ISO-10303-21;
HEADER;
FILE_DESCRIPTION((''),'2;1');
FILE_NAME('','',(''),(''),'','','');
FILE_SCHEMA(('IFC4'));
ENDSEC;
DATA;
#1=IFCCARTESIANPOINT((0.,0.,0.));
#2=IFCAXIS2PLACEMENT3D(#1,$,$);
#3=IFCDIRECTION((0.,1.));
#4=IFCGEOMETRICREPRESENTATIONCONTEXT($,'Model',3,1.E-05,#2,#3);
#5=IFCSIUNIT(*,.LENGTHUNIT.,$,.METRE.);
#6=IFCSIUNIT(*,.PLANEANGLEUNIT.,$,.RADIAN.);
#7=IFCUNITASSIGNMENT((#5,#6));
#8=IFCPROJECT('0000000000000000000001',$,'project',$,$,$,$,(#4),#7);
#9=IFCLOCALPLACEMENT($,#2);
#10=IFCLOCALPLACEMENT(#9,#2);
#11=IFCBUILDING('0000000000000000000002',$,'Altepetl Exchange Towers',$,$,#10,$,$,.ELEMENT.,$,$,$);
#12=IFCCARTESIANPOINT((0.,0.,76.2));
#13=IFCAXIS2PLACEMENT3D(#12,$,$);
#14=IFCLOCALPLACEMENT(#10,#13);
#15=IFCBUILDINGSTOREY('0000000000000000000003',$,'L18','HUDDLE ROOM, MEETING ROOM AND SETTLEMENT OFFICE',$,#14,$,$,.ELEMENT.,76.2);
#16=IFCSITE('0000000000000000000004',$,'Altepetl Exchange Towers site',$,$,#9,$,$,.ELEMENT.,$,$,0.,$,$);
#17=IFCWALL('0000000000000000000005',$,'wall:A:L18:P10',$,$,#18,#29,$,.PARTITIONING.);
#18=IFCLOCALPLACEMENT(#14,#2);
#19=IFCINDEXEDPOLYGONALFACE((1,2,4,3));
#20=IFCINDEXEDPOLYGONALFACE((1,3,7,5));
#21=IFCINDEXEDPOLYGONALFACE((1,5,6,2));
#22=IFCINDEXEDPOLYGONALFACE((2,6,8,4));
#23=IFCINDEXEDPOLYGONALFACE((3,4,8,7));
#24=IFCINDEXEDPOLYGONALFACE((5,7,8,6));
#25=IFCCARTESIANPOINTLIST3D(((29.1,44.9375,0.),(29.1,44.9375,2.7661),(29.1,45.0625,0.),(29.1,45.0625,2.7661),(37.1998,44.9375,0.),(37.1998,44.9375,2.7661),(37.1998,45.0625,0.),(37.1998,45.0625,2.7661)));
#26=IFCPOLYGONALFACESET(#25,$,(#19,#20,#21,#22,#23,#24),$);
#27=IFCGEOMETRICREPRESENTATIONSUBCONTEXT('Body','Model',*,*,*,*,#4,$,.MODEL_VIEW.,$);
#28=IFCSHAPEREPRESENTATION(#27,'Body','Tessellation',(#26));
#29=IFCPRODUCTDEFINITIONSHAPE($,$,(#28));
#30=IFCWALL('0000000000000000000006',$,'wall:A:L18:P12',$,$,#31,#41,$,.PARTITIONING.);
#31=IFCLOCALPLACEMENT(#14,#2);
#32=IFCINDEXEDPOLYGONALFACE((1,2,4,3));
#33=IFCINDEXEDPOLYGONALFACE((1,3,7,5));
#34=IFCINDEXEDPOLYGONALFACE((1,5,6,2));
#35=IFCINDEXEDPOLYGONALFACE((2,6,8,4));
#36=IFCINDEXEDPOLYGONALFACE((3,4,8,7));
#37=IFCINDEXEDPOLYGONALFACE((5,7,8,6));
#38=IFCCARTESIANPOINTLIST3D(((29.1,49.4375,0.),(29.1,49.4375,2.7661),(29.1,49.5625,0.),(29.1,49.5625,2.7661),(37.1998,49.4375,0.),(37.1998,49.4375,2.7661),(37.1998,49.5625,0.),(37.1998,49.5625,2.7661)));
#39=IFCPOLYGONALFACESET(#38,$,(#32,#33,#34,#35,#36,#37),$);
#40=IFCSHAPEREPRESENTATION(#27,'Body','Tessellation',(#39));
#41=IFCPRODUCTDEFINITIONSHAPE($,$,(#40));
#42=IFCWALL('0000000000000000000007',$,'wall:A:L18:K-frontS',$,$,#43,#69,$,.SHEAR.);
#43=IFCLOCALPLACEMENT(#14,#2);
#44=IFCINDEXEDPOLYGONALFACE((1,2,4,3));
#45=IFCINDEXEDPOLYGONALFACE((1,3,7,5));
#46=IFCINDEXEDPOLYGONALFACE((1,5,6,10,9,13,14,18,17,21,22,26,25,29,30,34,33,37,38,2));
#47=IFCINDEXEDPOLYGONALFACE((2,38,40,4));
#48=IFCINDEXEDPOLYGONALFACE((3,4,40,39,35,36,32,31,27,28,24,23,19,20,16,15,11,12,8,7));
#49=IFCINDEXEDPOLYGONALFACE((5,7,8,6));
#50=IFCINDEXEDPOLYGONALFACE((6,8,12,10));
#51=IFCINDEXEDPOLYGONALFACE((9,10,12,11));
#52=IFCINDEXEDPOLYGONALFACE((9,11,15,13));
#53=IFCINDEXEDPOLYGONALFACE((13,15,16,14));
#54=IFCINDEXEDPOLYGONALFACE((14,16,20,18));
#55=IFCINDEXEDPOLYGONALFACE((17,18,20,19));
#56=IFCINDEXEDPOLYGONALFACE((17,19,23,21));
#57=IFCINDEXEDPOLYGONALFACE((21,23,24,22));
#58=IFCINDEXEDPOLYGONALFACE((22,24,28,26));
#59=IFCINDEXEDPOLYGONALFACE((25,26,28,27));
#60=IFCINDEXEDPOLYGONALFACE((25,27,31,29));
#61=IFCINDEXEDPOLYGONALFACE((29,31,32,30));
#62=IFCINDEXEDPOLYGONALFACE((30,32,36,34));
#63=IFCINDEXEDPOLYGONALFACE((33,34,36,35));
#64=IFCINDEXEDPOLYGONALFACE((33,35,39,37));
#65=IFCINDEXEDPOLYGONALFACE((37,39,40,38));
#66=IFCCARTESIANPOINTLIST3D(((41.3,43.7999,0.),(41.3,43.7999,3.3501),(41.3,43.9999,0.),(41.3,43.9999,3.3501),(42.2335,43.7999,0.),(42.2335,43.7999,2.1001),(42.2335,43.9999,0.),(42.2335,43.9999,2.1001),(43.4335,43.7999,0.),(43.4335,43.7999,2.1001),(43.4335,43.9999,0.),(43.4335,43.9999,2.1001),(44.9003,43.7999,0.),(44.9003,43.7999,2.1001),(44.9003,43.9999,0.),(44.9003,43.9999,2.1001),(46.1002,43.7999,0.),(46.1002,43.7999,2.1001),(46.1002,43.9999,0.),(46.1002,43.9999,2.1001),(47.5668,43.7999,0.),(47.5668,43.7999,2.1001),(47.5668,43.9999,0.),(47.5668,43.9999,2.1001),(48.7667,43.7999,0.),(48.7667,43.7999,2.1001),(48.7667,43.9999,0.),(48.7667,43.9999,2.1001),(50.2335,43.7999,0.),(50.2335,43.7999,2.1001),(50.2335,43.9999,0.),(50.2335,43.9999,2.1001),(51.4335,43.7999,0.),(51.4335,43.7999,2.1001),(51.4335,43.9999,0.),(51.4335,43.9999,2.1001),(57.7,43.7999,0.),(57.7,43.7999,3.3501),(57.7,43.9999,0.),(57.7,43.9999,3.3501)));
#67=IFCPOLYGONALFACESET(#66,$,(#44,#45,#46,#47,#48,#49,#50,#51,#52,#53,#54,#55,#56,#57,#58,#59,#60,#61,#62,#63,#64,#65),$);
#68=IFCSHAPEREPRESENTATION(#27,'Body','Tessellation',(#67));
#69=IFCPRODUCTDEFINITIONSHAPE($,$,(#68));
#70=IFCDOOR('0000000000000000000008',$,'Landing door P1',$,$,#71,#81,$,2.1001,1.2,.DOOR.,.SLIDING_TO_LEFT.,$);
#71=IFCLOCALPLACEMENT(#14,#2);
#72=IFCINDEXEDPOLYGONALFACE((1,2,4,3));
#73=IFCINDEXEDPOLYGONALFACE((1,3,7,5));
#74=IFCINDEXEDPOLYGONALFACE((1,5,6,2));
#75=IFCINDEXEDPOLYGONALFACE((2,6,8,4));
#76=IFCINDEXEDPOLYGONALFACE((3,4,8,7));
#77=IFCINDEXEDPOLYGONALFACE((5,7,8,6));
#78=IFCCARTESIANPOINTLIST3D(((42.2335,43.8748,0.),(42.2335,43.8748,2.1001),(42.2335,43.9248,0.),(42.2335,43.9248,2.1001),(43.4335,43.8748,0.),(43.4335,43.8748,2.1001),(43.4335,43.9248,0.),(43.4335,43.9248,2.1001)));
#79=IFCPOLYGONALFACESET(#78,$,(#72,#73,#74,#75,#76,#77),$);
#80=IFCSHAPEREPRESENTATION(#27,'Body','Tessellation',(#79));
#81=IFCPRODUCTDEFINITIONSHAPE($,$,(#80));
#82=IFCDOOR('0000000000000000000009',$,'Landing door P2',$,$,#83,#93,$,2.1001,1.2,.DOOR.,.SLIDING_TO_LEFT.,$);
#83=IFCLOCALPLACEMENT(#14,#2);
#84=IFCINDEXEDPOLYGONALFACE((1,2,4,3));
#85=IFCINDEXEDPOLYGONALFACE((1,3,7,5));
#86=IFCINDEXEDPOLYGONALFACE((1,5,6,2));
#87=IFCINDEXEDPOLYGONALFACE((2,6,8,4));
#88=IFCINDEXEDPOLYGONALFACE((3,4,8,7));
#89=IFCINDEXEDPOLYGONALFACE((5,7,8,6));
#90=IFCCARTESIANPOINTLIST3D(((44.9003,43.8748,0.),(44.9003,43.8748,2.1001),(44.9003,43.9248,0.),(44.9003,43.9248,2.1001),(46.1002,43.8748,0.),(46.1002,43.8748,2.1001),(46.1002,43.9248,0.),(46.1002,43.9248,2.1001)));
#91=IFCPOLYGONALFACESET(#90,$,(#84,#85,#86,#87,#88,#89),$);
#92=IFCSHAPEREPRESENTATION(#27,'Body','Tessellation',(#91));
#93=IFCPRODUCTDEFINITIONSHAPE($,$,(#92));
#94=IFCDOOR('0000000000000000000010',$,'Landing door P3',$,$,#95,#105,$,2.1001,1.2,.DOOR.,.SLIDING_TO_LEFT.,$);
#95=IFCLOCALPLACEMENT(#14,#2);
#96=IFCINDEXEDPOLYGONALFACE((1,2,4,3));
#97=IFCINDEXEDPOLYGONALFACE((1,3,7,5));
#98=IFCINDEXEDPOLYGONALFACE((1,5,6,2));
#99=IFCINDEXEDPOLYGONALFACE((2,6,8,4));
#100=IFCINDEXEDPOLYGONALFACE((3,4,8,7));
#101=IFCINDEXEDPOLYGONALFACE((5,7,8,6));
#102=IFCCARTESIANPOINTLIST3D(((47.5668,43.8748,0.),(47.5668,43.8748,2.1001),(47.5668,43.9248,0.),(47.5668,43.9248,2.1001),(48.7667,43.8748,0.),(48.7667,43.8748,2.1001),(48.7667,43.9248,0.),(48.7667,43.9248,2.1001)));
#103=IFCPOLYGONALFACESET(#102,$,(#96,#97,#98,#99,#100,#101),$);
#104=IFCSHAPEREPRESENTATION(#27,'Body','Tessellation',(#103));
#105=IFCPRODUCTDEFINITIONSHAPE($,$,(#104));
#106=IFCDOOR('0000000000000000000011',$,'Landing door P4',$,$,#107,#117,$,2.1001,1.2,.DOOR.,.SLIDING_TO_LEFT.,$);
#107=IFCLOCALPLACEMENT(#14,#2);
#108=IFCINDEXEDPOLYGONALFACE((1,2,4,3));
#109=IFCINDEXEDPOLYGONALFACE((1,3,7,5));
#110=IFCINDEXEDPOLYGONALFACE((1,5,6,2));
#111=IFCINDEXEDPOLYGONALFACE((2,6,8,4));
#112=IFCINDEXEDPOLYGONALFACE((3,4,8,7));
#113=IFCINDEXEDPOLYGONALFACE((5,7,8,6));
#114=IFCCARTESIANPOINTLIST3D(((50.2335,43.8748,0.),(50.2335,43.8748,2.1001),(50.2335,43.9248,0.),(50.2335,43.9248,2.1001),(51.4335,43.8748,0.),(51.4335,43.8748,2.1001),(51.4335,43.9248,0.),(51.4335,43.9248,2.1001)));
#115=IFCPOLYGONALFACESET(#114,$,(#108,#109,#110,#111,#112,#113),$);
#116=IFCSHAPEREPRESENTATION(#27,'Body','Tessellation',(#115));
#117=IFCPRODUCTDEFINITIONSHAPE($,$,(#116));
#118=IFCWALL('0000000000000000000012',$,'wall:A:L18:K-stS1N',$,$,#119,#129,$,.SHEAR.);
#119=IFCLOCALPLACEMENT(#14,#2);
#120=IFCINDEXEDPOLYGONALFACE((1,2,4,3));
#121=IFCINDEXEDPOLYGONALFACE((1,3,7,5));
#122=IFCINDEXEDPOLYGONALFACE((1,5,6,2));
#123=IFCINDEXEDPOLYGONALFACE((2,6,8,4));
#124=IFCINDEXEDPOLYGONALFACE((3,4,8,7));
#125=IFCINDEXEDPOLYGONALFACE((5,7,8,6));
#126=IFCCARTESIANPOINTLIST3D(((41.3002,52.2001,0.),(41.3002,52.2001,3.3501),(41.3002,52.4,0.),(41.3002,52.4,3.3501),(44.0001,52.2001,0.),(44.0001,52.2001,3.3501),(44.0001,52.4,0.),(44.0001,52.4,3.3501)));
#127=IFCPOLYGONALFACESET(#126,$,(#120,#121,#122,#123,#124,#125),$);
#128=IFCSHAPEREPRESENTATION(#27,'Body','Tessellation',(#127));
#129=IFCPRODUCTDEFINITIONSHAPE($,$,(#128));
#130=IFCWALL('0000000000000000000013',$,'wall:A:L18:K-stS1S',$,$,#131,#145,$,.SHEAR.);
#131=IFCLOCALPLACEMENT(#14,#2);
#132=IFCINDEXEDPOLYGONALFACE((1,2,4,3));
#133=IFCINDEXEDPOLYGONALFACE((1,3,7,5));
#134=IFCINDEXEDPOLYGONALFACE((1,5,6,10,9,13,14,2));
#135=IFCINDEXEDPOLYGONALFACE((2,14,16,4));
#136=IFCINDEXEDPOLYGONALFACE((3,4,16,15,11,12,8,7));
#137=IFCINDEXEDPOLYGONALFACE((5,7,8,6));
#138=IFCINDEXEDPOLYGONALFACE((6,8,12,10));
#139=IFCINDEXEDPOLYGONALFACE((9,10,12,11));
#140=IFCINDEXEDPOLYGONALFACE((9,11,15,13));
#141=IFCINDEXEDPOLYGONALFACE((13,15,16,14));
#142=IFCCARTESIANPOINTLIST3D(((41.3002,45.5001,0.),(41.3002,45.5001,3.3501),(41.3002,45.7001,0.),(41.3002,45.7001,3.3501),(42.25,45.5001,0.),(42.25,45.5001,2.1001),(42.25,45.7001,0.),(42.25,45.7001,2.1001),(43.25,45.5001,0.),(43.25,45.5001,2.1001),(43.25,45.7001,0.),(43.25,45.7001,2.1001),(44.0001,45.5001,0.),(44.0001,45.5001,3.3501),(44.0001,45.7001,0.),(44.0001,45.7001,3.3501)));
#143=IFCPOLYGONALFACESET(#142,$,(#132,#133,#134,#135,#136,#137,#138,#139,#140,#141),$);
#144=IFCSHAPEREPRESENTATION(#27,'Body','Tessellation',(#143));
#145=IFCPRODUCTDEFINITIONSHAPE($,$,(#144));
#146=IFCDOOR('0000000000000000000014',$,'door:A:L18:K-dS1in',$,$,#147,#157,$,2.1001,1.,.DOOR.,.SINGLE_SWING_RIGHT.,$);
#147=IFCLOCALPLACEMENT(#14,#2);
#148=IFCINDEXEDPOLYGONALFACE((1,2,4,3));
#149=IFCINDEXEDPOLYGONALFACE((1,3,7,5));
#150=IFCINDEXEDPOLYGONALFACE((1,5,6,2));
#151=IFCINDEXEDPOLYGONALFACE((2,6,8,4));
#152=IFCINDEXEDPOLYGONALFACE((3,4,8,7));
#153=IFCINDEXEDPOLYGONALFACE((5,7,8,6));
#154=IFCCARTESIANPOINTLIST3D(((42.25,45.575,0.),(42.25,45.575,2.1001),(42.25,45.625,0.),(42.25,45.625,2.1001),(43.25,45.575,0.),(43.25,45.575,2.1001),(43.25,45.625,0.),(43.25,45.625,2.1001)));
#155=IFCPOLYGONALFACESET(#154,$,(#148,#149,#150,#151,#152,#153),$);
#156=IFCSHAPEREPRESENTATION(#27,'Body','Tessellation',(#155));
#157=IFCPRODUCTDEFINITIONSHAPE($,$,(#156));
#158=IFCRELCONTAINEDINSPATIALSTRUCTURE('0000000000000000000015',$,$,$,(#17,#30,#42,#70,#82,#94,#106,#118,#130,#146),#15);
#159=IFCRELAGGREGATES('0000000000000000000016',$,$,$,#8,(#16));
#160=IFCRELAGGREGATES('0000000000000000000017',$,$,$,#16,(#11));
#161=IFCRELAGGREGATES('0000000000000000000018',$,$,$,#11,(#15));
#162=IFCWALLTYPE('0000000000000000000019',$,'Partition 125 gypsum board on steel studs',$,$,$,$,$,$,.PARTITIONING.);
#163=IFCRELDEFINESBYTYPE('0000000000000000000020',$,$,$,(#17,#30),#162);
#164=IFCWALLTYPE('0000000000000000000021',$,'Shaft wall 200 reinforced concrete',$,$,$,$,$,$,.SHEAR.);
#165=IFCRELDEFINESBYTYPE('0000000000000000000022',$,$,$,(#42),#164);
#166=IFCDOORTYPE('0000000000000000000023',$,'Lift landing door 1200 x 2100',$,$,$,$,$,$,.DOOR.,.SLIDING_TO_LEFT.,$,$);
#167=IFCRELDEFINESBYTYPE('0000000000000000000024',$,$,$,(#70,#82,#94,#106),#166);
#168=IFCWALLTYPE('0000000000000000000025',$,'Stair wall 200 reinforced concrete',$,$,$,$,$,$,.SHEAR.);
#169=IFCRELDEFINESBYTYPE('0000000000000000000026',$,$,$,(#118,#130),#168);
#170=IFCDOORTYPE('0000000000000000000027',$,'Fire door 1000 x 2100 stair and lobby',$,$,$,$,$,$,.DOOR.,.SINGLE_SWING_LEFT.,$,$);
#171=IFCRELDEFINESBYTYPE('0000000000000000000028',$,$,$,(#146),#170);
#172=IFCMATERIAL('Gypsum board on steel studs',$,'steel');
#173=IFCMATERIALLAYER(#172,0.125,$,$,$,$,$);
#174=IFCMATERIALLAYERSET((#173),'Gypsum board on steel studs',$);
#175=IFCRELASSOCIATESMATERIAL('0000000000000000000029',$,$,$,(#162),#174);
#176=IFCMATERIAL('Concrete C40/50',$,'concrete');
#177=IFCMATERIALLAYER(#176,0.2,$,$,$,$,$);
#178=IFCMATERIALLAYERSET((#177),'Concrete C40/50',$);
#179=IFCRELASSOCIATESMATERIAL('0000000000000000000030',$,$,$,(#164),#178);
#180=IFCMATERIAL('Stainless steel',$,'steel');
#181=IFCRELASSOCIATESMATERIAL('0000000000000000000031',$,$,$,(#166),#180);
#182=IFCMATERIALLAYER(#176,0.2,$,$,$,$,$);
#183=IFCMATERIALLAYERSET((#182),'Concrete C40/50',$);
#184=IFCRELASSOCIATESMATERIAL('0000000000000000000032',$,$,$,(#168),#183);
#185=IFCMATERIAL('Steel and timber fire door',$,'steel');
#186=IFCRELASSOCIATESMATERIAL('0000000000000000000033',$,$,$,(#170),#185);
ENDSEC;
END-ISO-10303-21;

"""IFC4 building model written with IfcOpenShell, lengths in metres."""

from ifc_helpers import new_model, si_unit, direction, frame, frame_2d, origin, place, context, subcontext, project, spatial, rectangle, extrude, material, layer, layer_set, type_object, element, fill, save


model = new_model("IFC4")

# Units and contexts
model_context = context("Model", 3, precision=1e-05, world=origin(), true_north=direction((0.0, 1.0)))
body_context = subcontext(model_context, "Body", "Model", "MODEL_VIEW")
ifc_project = project(units=[si_unit("LENGTHUNIT", "METRE"), si_unit("PLANEANGLEUNIT", "RADIAN")], contexts=[model_context])

# Site, building, storey
site_placement = place(None, origin())
site = spatial("IfcSite", under=ifc_project, at=site_placement, Name="Altepetl Exchange Towers site", CompositionType="ELEMENT", RefElevation=0.0)
building_placement = place(site_placement, origin())
building = spatial("IfcBuilding", under=site, at=building_placement, Name="Altepetl Exchange Towers", CompositionType="ELEMENT")
storey_placement = place(building_placement, frame((0.0, 0.0, 76.2)))
storey = spatial("IfcBuildingStorey", under=building, at=storey_placement, Name="L18", Description="HUDDLE ROOM, MEETING ROOM AND SETTLEMENT OFFICE", CompositionType="ELEMENT", Elevation=76.2)

# Walls
ifc_material_1 = material(Name="Gypsum board on steel studs", Category="steel")
ifc_layer_1 = layer(ifc_material_1, 0.125)
ifc_layer_set_1 = layer_set([ifc_layer_1], Name="Gypsum board on steel studs")
wall_type_1 = type_object("IfcWallType", Name="Partition 125 gypsum board on steel studs", PredefinedType="PARTITIONING", material=ifc_layer_set_1)
for number, where, name in (
    (1, (29.1001, 45.0, 0.0), "wall:A:L18:P10"),
    (2, (29.1001, 49.5, 0.0), "wall:A:L18:P12"),
):
    element("IfcWall", number, at=place(storey_placement, frame(where)), inside=storey, type_object=wall_type_1, Name=name, PredefinedType="PARTITIONING", context=body_context, shape_type="SweptSolid", body=[
        extrude(rectangle(XDim=8.0999, YDim=0.125, at=frame_2d((4.0498, 0.0))), origin(), (0.0, 0.0, 1.0), 2.7661),
    ])

# Wall, openings, doors
ifc_material_2 = material(Name="Concrete C40/50", Category="concrete")
ifc_layer_2 = layer(ifc_material_2, 0.2)
ifc_layer_set_2 = layer_set([ifc_layer_2], Name="Concrete C40/50")
wall_type_2 = type_object("IfcWallType", Name="Shaft wall 200 reinforced concrete", PredefinedType="SHEAR", material=ifc_layer_set_2)
wall_1_placement = place(storey_placement, frame((41.3, 43.8999, 0.0)))
wall_1 = element("IfcWall", 3, at=wall_1_placement, inside=storey, type_object=wall_type_2, Name="wall:A:L18:K-frontS", PredefinedType="SHEAR", context=body_context, shape_type="SweptSolid", body=[
    extrude(rectangle(XDim=16.3999, YDim=0.2, at=frame_2d((8.2, 0.0))), origin(), (0.0, 0.0, 1.0), 3.3501),
])
opening_1_placement = place(wall_1_placement, frame((0.9333, 0.0, 0.0)))
opening_1 = element("IfcOpeningElement", 4, at=opening_1_placement, cuts=wall_1, PredefinedType="OPENING", context=body_context, shape_type="SweptSolid", body=[
    extrude(rectangle(XDim=1.2, YDim=2.1001, at=frame_2d((0.6001, 1.05))), frame((0.0, 0.1099, 0.0), z_axis=(0.0, -1.0, 0.0), x_axis=(1.0, 0.0, 0.0)), (0.0, 0.0, 1.0), 0.22),
])
opening_2_placement = place(wall_1_placement, frame((3.6001, 0.0, 0.0)))
opening_2 = element("IfcOpeningElement", 5, at=opening_2_placement, cuts=wall_1, PredefinedType="OPENING", context=body_context, shape_type="SweptSolid", body=[
    extrude(rectangle(XDim=1.2, YDim=2.1001, at=frame_2d((0.6001, 1.05))), frame((0.0, 0.1099, 0.0), z_axis=(0.0, -1.0, 0.0), x_axis=(1.0, 0.0, 0.0)), (0.0, 0.0, 1.0), 0.22),
])
opening_3_placement = place(wall_1_placement, frame((6.2666, 0.0, 0.0)))
opening_3 = element("IfcOpeningElement", 6, at=opening_3_placement, cuts=wall_1, PredefinedType="OPENING", context=body_context, shape_type="SweptSolid", body=[
    extrude(rectangle(XDim=1.2, YDim=2.1001, at=frame_2d((0.6001, 1.05))), frame((0.0, 0.1099, 0.0), z_axis=(0.0, -1.0, 0.0), x_axis=(1.0, 0.0, 0.0)), (0.0, 0.0, 1.0), 0.22),
])
opening_4_placement = place(wall_1_placement, frame((8.9333, 0.0, 0.0)))
opening_4 = element("IfcOpeningElement", 7, at=opening_4_placement, cuts=wall_1, PredefinedType="OPENING", context=body_context, shape_type="SweptSolid", body=[
    extrude(rectangle(XDim=1.2, YDim=2.1001, at=frame_2d((0.6001, 1.05))), frame((0.0, 0.1099, 0.0), z_axis=(0.0, -1.0, 0.0), x_axis=(1.0, 0.0, 0.0)), (0.0, 0.0, 1.0), 0.22),
])
ifc_material_3 = material(Name="Stainless steel", Category="steel")
door_type_1 = type_object("IfcDoorType", Name="Lift landing door 1200 x 2100", OperationType="SLIDING_TO_LEFT", PredefinedType="DOOR", material=ifc_material_3)
door_1_placement = place(opening_1_placement, origin())
door_1 = element("IfcDoor", 8, at=door_1_placement, inside=storey, type_object=door_type_1, Name="Landing door P1", OperationType="SLIDING_TO_LEFT", OverallHeight=2.1001, OverallWidth=1.2, PredefinedType="DOOR", context=body_context, shape_type="SweptSolid", body=[
    extrude(rectangle(XDim=1.2, YDim=2.1001, at=frame_2d((0.6001, 1.05))), frame((0.0, 0.0249, 0.0), z_axis=(0.0, -1.0, 0.0), x_axis=(1.0, 0.0, 0.0)), (0.0, 0.0, 1.0), 0.05),
])
fill(opening_1, door_1)
door_2_placement = place(opening_2_placement, origin())
door_2 = element("IfcDoor", 9, at=door_2_placement, inside=storey, type_object=door_type_1, Name="Landing door P2", OperationType="SLIDING_TO_LEFT", OverallHeight=2.1001, OverallWidth=1.2, PredefinedType="DOOR", context=body_context, shape_type="SweptSolid", body=[
    extrude(rectangle(XDim=1.2, YDim=2.1001, at=frame_2d((0.6001, 1.05))), frame((0.0, 0.0249, 0.0), z_axis=(0.0, -1.0, 0.0), x_axis=(1.0, 0.0, 0.0)), (0.0, 0.0, 1.0), 0.05),
])
fill(opening_2, door_2)
door_3_placement = place(opening_3_placement, origin())
door_3 = element("IfcDoor", 10, at=door_3_placement, inside=storey, type_object=door_type_1, Name="Landing door P3", OperationType="SLIDING_TO_LEFT", OverallHeight=2.1001, OverallWidth=1.2, PredefinedType="DOOR", context=body_context, shape_type="SweptSolid", body=[
    extrude(rectangle(XDim=1.2, YDim=2.1001, at=frame_2d((0.6001, 1.05))), frame((0.0, 0.0249, 0.0), z_axis=(0.0, -1.0, 0.0), x_axis=(1.0, 0.0, 0.0)), (0.0, 0.0, 1.0), 0.05),
])
fill(opening_3, door_3)
door_4_placement = place(opening_4_placement, origin())
door_4 = element("IfcDoor", 11, at=door_4_placement, inside=storey, type_object=door_type_1, Name="Landing door P4", OperationType="SLIDING_TO_LEFT", OverallHeight=2.1001, OverallWidth=1.2, PredefinedType="DOOR", context=body_context, shape_type="SweptSolid", body=[
    extrude(rectangle(XDim=1.2, YDim=2.1001, at=frame_2d((0.6001, 1.05))), frame((0.0, 0.0249, 0.0), z_axis=(0.0, -1.0, 0.0), x_axis=(1.0, 0.0, 0.0)), (0.0, 0.0, 1.0), 0.05),
])
fill(opening_4, door_4)

# Wall
ifc_layer_3 = layer(ifc_material_2, 0.2)
ifc_layer_set_3 = layer_set([ifc_layer_3], Name="Concrete C40/50")
wall_type_3 = type_object("IfcWallType", Name="Stair wall 200 reinforced concrete", PredefinedType="SHEAR", material=ifc_layer_set_3)
wall_2_placement = place(storey_placement, frame((41.3, 52.3, 0.0)))
element("IfcWall", 12, at=wall_2_placement, inside=storey, type_object=wall_type_3, Name="wall:A:L18:K-stS1N", PredefinedType="SHEAR", context=body_context, shape_type="SweptSolid", body=[
    extrude(rectangle(XDim=2.7, YDim=0.2, at=frame_2d((1.3501, 0.0))), origin(), (0.0, 0.0, 1.0), 3.3501),
])

# Wall, opening, door
wall_3_placement = place(storey_placement, frame((41.3, 45.6001, 0.0)))
wall_3 = element("IfcWall", 13, at=wall_3_placement, inside=storey, type_object=wall_type_3, Name="wall:A:L18:K-stS1S", PredefinedType="SHEAR", context=body_context, shape_type="SweptSolid", body=[
    extrude(rectangle(XDim=2.7, YDim=0.2, at=frame_2d((1.3501, 0.0))), origin(), (0.0, 0.0, 1.0), 3.3501),
])
opening_5_placement = place(wall_3_placement, frame((0.95, 0.0, 0.0)))
opening_5 = element("IfcOpeningElement", 14, at=opening_5_placement, cuts=wall_3, PredefinedType="OPENING", context=body_context, shape_type="SweptSolid", body=[
    extrude(rectangle(XDim=1.0, YDim=2.1001, at=frame_2d((0.5, 1.05))), frame((0.0, 0.1099, 0.0), z_axis=(0.0, -1.0, 0.0), x_axis=(1.0, 0.0, 0.0)), (0.0, 0.0, 1.0), 0.22),
])
ifc_material_4 = material(Name="Steel and timber fire door", Category="steel")
door_type_2 = type_object("IfcDoorType", Name="Fire door 1000 x 2100 stair and lobby", OperationType="SINGLE_SWING_LEFT", PredefinedType="DOOR", material=ifc_material_4)
door_5_placement = place(opening_5_placement, origin())
door_5 = element("IfcDoor", 15, at=door_5_placement, inside=storey, type_object=door_type_2, Name="door:A:L18:K-dS1in", OperationType="SINGLE_SWING_RIGHT", OverallHeight=2.1001, OverallWidth=1.0, PredefinedType="DOOR", context=body_context, shape_type="SweptSolid", body=[
    extrude(rectangle(XDim=1.0, YDim=2.1001, at=frame_2d((0.5, 1.05))), frame((0.0, 0.0249, 0.0), z_axis=(0.0, -1.0, 0.0), x_axis=(1.0, 0.0, 0.0)), (0.0, 0.0, 1.0), 0.05),
])
fill(opening_5, door_5)

save(model, "model.ifc")
